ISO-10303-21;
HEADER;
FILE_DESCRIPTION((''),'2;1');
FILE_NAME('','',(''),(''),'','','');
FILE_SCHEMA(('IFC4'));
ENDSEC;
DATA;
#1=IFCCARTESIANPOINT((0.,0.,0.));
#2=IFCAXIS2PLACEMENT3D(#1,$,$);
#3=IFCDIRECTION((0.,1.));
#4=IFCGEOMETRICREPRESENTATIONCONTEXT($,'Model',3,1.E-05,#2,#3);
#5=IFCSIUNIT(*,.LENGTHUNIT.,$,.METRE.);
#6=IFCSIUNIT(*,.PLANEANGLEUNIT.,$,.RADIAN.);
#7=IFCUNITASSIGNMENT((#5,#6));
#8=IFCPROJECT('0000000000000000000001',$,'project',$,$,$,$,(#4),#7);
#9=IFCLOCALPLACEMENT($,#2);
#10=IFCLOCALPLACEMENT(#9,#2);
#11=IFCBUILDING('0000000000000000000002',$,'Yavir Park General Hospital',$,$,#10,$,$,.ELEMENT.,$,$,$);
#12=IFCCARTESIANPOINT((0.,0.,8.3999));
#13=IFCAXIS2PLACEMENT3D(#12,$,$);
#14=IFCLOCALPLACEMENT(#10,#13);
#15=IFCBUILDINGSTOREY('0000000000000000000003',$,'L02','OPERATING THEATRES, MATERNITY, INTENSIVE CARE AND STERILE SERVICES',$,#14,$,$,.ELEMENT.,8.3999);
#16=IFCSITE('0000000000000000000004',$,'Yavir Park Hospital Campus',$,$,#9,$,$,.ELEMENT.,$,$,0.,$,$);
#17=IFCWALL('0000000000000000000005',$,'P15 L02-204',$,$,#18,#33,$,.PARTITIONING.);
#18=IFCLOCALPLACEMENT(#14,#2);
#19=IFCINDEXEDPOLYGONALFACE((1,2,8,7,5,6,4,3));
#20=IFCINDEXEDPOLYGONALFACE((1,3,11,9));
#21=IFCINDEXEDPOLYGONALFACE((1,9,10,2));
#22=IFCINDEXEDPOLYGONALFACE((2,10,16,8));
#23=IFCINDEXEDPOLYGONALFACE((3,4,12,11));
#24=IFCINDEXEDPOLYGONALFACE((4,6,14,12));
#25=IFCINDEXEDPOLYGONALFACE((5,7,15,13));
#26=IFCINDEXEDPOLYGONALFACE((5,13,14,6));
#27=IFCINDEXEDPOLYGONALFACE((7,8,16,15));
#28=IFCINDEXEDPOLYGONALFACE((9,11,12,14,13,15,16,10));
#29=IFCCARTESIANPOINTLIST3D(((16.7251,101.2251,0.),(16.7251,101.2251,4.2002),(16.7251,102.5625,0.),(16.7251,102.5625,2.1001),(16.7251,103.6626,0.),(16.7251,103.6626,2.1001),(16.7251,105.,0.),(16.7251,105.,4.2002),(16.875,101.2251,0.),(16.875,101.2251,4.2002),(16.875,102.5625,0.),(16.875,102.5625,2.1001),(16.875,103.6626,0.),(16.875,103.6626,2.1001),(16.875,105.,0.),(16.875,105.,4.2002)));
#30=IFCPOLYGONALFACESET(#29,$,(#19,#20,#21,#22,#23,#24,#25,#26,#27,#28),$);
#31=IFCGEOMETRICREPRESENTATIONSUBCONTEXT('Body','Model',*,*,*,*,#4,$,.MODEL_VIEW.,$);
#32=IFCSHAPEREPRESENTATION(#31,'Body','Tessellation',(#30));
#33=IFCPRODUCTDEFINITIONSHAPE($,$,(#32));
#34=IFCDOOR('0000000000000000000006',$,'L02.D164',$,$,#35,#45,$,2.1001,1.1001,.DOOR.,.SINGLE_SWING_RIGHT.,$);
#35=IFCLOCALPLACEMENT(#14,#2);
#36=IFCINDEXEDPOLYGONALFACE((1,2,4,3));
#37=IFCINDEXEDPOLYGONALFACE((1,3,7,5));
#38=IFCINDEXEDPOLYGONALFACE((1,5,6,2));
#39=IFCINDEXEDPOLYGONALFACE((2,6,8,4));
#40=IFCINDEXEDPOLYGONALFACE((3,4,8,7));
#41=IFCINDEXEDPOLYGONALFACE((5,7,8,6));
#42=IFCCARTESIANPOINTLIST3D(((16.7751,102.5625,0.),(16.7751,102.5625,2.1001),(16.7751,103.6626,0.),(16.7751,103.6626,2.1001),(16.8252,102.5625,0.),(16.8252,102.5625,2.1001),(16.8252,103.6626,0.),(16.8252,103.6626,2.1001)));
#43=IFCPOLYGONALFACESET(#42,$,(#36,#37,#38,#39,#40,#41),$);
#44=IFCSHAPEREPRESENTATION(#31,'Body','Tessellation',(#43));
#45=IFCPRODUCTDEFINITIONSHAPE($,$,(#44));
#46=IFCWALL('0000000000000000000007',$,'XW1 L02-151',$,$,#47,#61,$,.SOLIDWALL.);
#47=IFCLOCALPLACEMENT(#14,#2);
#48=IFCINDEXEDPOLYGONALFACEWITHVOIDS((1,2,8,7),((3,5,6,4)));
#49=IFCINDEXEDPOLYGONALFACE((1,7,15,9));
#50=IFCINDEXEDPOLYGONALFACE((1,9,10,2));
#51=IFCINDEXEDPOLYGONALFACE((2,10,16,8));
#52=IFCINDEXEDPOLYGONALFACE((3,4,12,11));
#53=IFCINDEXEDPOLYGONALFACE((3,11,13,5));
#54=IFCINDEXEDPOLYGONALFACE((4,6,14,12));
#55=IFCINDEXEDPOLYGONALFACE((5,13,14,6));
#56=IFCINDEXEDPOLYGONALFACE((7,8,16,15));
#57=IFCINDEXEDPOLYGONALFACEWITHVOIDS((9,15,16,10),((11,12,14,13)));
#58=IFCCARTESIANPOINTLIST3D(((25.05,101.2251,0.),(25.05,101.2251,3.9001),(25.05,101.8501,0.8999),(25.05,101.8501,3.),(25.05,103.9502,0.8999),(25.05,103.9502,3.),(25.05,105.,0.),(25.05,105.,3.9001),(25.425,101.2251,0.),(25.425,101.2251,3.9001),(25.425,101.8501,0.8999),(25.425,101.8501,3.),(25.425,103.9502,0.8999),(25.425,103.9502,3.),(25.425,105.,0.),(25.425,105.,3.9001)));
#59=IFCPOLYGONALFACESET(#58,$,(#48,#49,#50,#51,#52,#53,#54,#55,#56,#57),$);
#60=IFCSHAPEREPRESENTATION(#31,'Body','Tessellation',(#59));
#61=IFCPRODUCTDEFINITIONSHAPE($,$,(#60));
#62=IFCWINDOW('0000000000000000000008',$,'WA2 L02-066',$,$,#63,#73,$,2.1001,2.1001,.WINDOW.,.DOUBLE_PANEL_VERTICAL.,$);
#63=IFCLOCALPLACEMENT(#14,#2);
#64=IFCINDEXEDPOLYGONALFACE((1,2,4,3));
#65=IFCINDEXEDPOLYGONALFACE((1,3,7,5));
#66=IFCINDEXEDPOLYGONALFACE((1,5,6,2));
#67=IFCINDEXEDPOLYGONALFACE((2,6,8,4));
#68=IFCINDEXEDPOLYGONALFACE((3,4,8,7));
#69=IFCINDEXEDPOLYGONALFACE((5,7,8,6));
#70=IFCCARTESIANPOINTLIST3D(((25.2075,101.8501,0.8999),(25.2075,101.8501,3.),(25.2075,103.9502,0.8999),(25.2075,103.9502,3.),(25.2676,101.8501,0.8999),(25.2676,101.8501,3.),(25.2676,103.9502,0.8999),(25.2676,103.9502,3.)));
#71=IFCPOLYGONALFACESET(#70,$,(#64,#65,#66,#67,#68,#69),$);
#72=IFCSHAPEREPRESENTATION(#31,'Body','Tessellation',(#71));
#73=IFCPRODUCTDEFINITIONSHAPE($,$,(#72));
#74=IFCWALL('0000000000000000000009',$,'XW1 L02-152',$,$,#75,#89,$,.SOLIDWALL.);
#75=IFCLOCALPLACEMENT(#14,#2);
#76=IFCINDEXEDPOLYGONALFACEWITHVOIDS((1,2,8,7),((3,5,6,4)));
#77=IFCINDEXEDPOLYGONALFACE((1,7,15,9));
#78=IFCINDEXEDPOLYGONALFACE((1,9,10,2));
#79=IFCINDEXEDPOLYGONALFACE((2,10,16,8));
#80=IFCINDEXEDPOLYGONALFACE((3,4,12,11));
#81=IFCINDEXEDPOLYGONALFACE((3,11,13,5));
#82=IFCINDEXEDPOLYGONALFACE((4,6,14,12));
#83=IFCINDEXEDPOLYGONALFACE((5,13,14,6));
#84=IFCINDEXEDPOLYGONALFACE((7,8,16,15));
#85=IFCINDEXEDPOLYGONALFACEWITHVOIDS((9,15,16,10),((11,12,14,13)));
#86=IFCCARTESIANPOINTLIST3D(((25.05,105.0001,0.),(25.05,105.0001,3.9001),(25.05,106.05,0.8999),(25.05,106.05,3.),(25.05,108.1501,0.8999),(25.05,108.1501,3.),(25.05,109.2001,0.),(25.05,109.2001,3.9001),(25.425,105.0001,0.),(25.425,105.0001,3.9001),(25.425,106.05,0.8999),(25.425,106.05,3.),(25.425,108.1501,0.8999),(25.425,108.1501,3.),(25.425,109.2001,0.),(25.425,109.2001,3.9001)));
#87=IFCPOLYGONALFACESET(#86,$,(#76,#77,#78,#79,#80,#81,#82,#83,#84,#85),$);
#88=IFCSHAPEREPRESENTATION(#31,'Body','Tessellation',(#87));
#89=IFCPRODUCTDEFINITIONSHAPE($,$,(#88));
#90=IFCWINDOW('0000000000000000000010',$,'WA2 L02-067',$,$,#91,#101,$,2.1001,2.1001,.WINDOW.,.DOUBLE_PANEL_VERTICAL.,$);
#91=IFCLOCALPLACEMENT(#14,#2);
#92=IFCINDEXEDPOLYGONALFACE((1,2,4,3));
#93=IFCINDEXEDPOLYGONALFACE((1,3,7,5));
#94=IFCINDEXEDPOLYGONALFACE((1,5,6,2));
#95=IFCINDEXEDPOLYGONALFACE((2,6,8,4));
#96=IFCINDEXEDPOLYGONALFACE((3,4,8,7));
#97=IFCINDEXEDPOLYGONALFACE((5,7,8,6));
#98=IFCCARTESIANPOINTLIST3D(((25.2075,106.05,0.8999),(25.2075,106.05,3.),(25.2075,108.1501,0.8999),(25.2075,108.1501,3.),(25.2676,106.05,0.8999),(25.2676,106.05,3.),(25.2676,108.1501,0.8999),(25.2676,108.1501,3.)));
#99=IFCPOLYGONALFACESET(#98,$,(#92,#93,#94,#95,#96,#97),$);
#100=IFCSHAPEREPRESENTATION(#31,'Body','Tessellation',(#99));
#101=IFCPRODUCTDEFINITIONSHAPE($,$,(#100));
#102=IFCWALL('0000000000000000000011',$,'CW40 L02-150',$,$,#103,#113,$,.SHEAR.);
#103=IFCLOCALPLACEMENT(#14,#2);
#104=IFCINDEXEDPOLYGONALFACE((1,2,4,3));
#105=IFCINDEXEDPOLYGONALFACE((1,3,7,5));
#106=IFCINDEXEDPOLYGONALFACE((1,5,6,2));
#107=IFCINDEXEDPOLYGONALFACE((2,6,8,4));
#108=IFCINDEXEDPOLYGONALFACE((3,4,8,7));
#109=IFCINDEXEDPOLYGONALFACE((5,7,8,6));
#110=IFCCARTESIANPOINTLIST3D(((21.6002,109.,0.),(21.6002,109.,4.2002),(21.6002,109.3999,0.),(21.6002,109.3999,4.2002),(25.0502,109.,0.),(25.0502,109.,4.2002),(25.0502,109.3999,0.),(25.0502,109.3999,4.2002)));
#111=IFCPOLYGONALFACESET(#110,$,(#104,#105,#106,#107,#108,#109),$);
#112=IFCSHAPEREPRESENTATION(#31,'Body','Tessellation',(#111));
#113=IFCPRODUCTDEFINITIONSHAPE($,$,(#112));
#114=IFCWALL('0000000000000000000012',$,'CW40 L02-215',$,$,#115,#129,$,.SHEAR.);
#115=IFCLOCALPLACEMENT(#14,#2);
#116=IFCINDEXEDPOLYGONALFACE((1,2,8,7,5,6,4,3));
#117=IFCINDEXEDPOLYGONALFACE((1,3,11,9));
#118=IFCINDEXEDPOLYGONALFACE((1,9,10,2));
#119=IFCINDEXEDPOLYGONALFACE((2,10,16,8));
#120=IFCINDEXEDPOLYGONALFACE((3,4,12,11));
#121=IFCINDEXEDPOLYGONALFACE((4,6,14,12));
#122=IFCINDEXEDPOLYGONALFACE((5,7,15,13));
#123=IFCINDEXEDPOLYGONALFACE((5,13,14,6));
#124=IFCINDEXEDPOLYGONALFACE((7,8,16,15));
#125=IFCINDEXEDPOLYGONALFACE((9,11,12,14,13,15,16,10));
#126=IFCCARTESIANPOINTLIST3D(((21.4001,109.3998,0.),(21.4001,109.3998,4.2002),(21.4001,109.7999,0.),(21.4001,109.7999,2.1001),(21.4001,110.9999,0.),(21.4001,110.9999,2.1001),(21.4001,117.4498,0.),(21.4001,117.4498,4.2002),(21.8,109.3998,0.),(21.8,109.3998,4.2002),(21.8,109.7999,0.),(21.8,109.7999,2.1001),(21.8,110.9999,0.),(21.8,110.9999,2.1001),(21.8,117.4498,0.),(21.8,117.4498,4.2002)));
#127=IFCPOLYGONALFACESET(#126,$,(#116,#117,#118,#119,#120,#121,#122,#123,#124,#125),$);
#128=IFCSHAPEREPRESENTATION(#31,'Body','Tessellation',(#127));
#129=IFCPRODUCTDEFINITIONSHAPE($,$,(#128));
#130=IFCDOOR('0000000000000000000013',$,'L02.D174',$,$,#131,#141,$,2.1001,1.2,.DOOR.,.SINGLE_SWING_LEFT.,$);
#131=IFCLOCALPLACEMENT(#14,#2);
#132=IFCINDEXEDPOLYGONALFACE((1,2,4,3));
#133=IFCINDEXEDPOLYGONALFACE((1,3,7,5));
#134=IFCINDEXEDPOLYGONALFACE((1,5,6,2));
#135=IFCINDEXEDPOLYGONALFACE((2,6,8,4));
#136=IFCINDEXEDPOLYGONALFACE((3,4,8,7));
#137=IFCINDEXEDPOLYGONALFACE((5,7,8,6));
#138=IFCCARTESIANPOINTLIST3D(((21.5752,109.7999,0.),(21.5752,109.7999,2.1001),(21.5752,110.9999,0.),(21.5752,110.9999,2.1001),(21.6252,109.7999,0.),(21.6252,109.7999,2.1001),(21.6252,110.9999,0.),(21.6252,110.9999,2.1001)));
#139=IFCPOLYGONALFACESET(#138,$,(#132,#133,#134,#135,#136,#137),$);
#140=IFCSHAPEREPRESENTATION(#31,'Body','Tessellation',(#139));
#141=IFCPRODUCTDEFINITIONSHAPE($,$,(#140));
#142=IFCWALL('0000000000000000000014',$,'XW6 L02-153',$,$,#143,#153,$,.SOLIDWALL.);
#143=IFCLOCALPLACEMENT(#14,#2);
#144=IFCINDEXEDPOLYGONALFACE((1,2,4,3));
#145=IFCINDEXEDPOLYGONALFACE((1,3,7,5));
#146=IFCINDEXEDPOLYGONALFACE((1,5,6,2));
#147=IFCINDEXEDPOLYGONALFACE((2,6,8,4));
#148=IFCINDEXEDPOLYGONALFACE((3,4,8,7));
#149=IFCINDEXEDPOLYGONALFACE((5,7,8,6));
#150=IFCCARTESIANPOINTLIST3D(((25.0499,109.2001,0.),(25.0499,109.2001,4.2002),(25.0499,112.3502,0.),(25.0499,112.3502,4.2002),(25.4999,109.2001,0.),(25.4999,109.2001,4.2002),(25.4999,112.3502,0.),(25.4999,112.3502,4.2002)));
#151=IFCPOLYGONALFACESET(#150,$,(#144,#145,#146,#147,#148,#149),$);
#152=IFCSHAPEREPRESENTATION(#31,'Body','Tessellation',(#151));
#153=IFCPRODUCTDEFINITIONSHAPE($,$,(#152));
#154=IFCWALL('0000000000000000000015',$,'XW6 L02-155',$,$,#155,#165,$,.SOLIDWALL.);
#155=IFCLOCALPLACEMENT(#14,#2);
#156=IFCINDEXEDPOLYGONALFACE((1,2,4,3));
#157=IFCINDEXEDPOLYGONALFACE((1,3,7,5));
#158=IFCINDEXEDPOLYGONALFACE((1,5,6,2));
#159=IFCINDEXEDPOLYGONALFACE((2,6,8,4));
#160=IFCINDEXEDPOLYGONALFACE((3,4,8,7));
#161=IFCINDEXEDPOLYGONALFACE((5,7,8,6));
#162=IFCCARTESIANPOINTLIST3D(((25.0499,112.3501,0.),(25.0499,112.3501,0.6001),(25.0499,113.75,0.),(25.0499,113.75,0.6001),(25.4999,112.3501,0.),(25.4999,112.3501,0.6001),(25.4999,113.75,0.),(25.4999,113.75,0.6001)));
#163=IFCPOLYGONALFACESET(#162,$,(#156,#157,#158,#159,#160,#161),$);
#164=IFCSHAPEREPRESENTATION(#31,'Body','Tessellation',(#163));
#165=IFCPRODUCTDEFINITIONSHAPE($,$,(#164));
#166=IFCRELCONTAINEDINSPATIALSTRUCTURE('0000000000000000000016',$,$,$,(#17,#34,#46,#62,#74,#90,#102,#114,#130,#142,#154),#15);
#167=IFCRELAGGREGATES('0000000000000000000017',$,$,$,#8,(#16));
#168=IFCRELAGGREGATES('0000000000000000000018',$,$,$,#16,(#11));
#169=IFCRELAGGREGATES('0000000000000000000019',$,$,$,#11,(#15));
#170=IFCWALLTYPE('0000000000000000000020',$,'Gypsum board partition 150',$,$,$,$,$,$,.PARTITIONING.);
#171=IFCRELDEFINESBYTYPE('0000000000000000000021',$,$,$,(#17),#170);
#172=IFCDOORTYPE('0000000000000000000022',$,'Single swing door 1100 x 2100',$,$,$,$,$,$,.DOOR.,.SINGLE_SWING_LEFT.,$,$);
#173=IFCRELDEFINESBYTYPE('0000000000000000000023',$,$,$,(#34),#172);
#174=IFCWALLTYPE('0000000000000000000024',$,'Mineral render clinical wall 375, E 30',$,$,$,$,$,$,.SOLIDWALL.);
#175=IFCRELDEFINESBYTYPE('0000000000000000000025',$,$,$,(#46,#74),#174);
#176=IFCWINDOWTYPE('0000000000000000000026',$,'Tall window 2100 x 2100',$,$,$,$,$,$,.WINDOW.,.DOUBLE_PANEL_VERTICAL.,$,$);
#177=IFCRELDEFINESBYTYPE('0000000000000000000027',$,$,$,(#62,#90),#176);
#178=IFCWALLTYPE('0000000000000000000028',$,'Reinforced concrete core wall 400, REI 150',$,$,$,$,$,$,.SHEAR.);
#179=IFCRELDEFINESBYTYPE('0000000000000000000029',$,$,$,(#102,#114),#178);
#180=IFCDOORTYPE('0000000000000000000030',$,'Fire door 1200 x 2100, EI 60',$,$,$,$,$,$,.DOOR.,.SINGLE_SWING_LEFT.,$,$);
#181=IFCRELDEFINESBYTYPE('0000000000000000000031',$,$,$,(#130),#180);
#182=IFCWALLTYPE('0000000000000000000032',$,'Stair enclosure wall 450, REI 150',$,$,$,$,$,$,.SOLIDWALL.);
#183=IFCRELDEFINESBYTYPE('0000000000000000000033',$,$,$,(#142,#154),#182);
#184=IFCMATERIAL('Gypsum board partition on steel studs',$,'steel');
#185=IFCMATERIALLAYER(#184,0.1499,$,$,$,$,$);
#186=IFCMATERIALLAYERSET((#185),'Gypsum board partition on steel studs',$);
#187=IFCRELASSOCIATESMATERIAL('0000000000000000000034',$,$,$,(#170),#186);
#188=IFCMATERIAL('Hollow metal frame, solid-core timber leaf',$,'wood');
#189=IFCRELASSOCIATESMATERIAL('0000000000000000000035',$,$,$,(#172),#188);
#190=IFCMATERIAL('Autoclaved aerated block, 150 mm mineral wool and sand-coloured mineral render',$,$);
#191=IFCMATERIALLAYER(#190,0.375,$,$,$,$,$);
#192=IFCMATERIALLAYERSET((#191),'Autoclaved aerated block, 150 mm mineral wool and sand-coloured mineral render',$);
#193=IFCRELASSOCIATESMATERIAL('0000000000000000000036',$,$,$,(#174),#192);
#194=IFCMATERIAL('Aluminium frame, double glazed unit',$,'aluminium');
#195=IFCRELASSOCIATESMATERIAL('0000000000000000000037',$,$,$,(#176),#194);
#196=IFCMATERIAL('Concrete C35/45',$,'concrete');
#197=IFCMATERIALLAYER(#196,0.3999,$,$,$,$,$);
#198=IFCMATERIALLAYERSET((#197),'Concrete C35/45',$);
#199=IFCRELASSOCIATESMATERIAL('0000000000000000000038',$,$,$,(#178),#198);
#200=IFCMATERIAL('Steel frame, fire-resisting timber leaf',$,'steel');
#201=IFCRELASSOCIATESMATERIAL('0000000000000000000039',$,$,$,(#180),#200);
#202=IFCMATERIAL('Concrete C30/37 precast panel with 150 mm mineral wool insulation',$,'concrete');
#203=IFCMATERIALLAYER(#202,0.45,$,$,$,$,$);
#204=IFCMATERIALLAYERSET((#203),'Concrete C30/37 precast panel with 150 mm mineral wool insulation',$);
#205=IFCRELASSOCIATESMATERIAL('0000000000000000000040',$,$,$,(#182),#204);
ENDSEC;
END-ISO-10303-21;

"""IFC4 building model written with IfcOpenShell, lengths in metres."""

from ifc_helpers import new_model, si_unit, direction, frame, frame_2d, origin, place, context, subcontext, project, spatial, rectangle, extrude, material, layer, layer_set, type_object, element, fill, save


model = new_model("IFC4")

# Units and contexts
model_context = context("Model", 3, precision=1e-05, world=origin(), true_north=direction((0.0, 1.0)))
body_context = subcontext(model_context, "Body", "Model", "MODEL_VIEW")
ifc_project = project(units=[si_unit("LENGTHUNIT", "METRE"), si_unit("PLANEANGLEUNIT", "RADIAN")], contexts=[model_context])

# Site, building, storey
site_placement = place(None, origin())
site = spatial("IfcSite", under=ifc_project, at=site_placement, Name="Yavir Park Hospital Campus", CompositionType="ELEMENT", RefElevation=0.0)
building_placement = place(site_placement, origin())
building = spatial("IfcBuilding", under=site, at=building_placement, Name="Yavir Park General Hospital", CompositionType="ELEMENT")
storey_placement = place(building_placement, frame((0.0, 0.0, 8.3999)))
storey = spatial("IfcBuildingStorey", under=building, at=storey_placement, Name="L02", Description="OPERATING THEATRES, MATERNITY, INTENSIVE CARE AND STERILE SERVICES", CompositionType="ELEMENT", Elevation=8.3999)

# Wall, opening, door
ifc_material_1 = material(Name="Gypsum board partition on steel studs", Category="steel")
ifc_layer_1 = layer(ifc_material_1, 0.1499)
ifc_layer_set_1 = layer_set([ifc_layer_1], Name="Gypsum board partition on steel studs")
wall_type_1 = type_object("IfcWallType", Name="Gypsum board partition 150", PredefinedType="PARTITIONING", material=ifc_layer_set_1)
wall_1_placement = place(storey_placement, frame((16.8, 101.2251, 0.0), z_axis=(0.0, 0.0, 1.0), x_axis=(0.0, 1.0, 0.0)))
wall_1 = element("IfcWall", 1, at=wall_1_placement, inside=storey, type_object=wall_type_1, Name="P15 L02-204", PredefinedType="PARTITIONING", context=body_context, shape_type="SweptSolid", body=[
    extrude(rectangle(XDim=3.7749, YDim=0.1499, at=frame_2d((1.8875, 0.0))), origin(), (0.0, 0.0, 1.0), 4.2002),
])
opening_1_placement = place(wall_1_placement, frame((1.3374, 0.0, 0.0)))
opening_1 = element("IfcOpeningElement", 2, at=opening_1_placement, cuts=wall_1, PredefinedType="OPENING", context=body_context, shape_type="SweptSolid", body=[
    extrude(rectangle(XDim=1.1001, YDim=2.1001, at=frame_2d((0.55, 1.05))), frame((0.0, 0.085, 0.0), z_axis=(0.0, -1.0, 0.0), x_axis=(1.0, 0.0, 0.0)), (0.0, 0.0, 1.0), 0.1699),
])
ifc_material_2 = material(Name="Hollow metal frame, solid-core timber leaf", Category="wood")
door_type_1 = type_object("IfcDoorType", Name="Single swing door 1100 x 2100", OperationType="SINGLE_SWING_LEFT", PredefinedType="DOOR", material=ifc_material_2)
door_1_placement = place(opening_1_placement, origin())
door_1 = element("IfcDoor", 3, at=door_1_placement, inside=storey, type_object=door_type_1, Name="L02.D164", OperationType="SINGLE_SWING_RIGHT", OverallHeight=2.1001, OverallWidth=1.1001, PredefinedType="DOOR", context=body_context, shape_type="SweptSolid", body=[
    extrude(rectangle(XDim=1.1001, YDim=2.1001, at=frame_2d((0.55, 1.05))), frame((0.0, 0.0249, 0.0), z_axis=(0.0, -1.0, 0.0), x_axis=(1.0, 0.0, 0.0)), (0.0, 0.0, 1.0), 0.05),
])
fill(opening_1, door_1)

# Walls, openings, windows
ifc_material_3 = material(Name="Autoclaved aerated block, 150 mm mineral wool and sand-coloured mineral render")
ifc_layer_2 = layer(ifc_material_3, 0.375)
ifc_layer_set_2 = layer_set([ifc_layer_2], Name="Autoclaved aerated block, 150 mm mineral wool and sand-coloured mineral render")
wall_type_2 = type_object("IfcWallType", Name="Mineral render clinical wall 375, E 30", PredefinedType="SOLIDWALL", material=ifc_layer_set_2)
wall_2_placement = place(storey_placement, frame((25.2375, 101.2251, 0.0), z_axis=(0.0, 0.0, 1.0), x_axis=(0.0, 1.0, 0.0)))
wall_2 = element("IfcWall", 4, at=wall_2_placement, inside=storey, type_object=wall_type_2, Name="XW1 L02-151", PredefinedType="SOLIDWALL", context=body_context, shape_type="SweptSolid", body=[
    extrude(rectangle(XDim=3.7749, YDim=0.375, at=frame_2d((1.8875, 0.0))), origin(), (0.0, 0.0, 1.0), 3.9001),
])
opening_2_placement = place(wall_2_placement, frame((0.625, 0.0, 0.8999)))
opening_2 = element("IfcOpeningElement", 5, at=opening_2_placement, cuts=wall_2, PredefinedType="OPENING", context=body_context, shape_type="SweptSolid", body=[
    extrude(rectangle(XDim=2.1001, YDim=2.1001, at=frame_2d((1.05, 1.05))), frame((0.0, 0.1975, 0.0), z_axis=(0.0, -1.0, 0.0), x_axis=(1.0, 0.0, 0.0)), (0.0, 0.0, 1.0), 0.395),
])
ifc_material_4 = material(Name="Aluminium frame, double glazed unit", Category="aluminium")
window_type = type_object("IfcWindowType", Name="Tall window 2100 x 2100", PartitioningType="DOUBLE_PANEL_VERTICAL", PredefinedType="WINDOW", material=ifc_material_4)
window_1_placement = place(opening_2_placement, origin())
window_1 = element("IfcWindow", 6, at=window_1_placement, inside=storey, type_object=window_type, Name="WA2 L02-066", OverallHeight=2.1001, OverallWidth=2.1001, PartitioningType="DOUBLE_PANEL_VERTICAL", PredefinedType="WINDOW", context=body_context, shape_type="SweptSolid", body=[
    extrude(rectangle(XDim=2.1001, YDim=2.1001, at=frame_2d((1.05, 1.05))), frame((0.0, 0.03, 0.0), z_axis=(0.0, -1.0, 0.0), x_axis=(1.0, 0.0, 0.0)), (0.0, 0.0, 1.0), 0.0601),
])
fill(opening_2, window_1)
wall_3_placement = place(storey_placement, frame((25.2375, 105.0, 0.0), z_axis=(0.0, 0.0, 1.0), x_axis=(0.0, 1.0, 0.0)))
wall_3 = element("IfcWall", 7, at=wall_3_placement, inside=storey, type_object=wall_type_2, Name="XW1 L02-152", PredefinedType="SOLIDWALL", context=body_context, shape_type="SweptSolid", body=[
    extrude(rectangle(XDim=4.2, YDim=0.375, at=frame_2d((2.1001, 0.0))), origin(), (0.0, 0.0, 1.0), 3.9001),
])
opening_3_placement = place(wall_3_placement, frame((1.05, 0.0, 0.8999)))
opening_3 = element("IfcOpeningElement", 8, at=opening_3_placement, cuts=wall_3, PredefinedType="OPENING", context=body_context, shape_type="SweptSolid", body=[
    extrude(rectangle(XDim=2.1001, YDim=2.1001, at=frame_2d((1.05, 1.05))), frame((0.0, 0.1975, 0.0), z_axis=(0.0, -1.0, 0.0), x_axis=(1.0, 0.0, 0.0)), (0.0, 0.0, 1.0), 0.395),
])
window_2_placement = place(opening_3_placement, origin())
window_2 = element("IfcWindow", 9, at=window_2_placement, inside=storey, type_object=window_type, Name="WA2 L02-067", OverallHeight=2.1001, OverallWidth=2.1001, PartitioningType="DOUBLE_PANEL_VERTICAL", PredefinedType="WINDOW", context=body_context, shape_type="SweptSolid", body=[
    extrude(rectangle(XDim=2.1001, YDim=2.1001, at=frame_2d((1.05, 1.05))), frame((0.0, 0.03, 0.0), z_axis=(0.0, -1.0, 0.0), x_axis=(1.0, 0.0, 0.0)), (0.0, 0.0, 1.0), 0.0601),
])
fill(opening_3, window_2)

# Wall
ifc_material_5 = material(Name="Concrete C35/45", Category="concrete")
ifc_layer_3 = layer(ifc_material_5, 0.3999)
ifc_layer_set_3 = layer_set([ifc_layer_3], Name="Concrete C35/45")
wall_type_3 = type_object("IfcWallType", Name="Reinforced concrete core wall 400, REI 150", PredefinedType="SHEAR", material=ifc_layer_set_3)
wall_4_placement = place(storey_placement, frame((21.6001, 109.2, 0.0), z_axis=(0.0, 0.0, 1.0), x_axis=(1.0, 0.0, 0.0)))
element("IfcWall", 10, at=wall_4_placement, inside=storey, type_object=wall_type_3, Name="CW40 L02-150", PredefinedType="SHEAR", context=body_context, shape_type="SweptSolid", body=[
    extrude(rectangle(XDim=3.45, YDim=0.3999, at=frame_2d((1.7251, 0.0))), origin(), (0.0, 0.0, 1.0), 4.2002),
])

# Wall, opening, door
wall_5_placement = place(storey_placement, frame((21.6001, 109.3999, 0.0), z_axis=(0.0, 0.0, 1.0), x_axis=(0.0, 1.0, 0.0)))
wall_5 = element("IfcWall", 11, at=wall_5_placement, inside=storey, type_object=wall_type_3, Name="CW40 L02-215", PredefinedType="SHEAR", context=body_context, shape_type="SweptSolid", body=[
    extrude(rectangle(XDim=8.05, YDim=0.3999, at=frame_2d((4.0249, 0.0))), origin(), (0.0, 0.0, 1.0), 4.2002),
])
opening_4_placement = place(wall_5_placement, frame((0.3999, 0.0, 0.0)))
opening_4 = element("IfcOpeningElement", 12, at=opening_4_placement, cuts=wall_5, PredefinedType="OPENING", context=body_context, shape_type="SweptSolid", body=[
    extrude(rectangle(XDim=1.2, YDim=2.1001, at=frame_2d((0.6001, 1.05))), frame((0.0, 0.21, 0.0), z_axis=(0.0, -1.0, 0.0), x_axis=(1.0, 0.0, 0.0)), (0.0, 0.0, 1.0), 0.4199),
])
ifc_material_6 = material(Name="Steel frame, fire-resisting timber leaf", Category="steel")
door_type_2 = type_object("IfcDoorType", Name="Fire door 1200 x 2100, EI 60", OperationType="SINGLE_SWING_LEFT", PredefinedType="DOOR", material=ifc_material_6)
door_2_placement = place(opening_4_placement, origin())
door_2 = element("IfcDoor", 13, at=door_2_placement, inside=storey, type_object=door_type_2, Name="L02.D174", OperationType="SINGLE_SWING_LEFT", OverallHeight=2.1001, OverallWidth=1.2, PredefinedType="DOOR", context=body_context, shape_type="SweptSolid", body=[
    extrude(rectangle(XDim=1.2, YDim=2.1001, at=frame_2d((0.6001, 1.05))), frame((0.0, 0.0249, 0.0), z_axis=(0.0, -1.0, 0.0), x_axis=(1.0, 0.0, 0.0)), (0.0, 0.0, 1.0), 0.05),
])
fill(opening_4, door_2)

# Walls
ifc_material_7 = material(Name="Concrete C30/37 precast panel with 150 mm mineral wool insulation", Category="concrete")
ifc_layer_4 = layer(ifc_material_7, 0.45)
ifc_layer_set_4 = layer_set([ifc_layer_4], Name="Concrete C30/37 precast panel with 150 mm mineral wool insulation")
wall_type_4 = type_object("IfcWallType", Name="Stair enclosure wall 450, REI 150", PredefinedType="SOLIDWALL", material=ifc_layer_set_4)
wall_6_placement = place(storey_placement, frame((25.2749, 109.2, 0.0), z_axis=(0.0, 0.0, 1.0), x_axis=(0.0, 1.0, 0.0)))
element("IfcWall", 14, at=wall_6_placement, inside=storey, type_object=wall_type_4, Name="XW6 L02-153", PredefinedType="SOLIDWALL", context=body_context, shape_type="SweptSolid", body=[
    extrude(rectangle(XDim=3.1501, YDim=0.45, at=frame_2d((1.5752, 0.0))), origin(), (0.0, 0.0, 1.0), 4.2002),
])
wall_7_placement = place(storey_placement, frame((25.2749, 112.3501, 0.0), z_axis=(0.0, 0.0, 1.0), x_axis=(0.0, 1.0, 0.0)))
element("IfcWall", 15, at=wall_7_placement, inside=storey, type_object=wall_type_4, Name="XW6 L02-155", PredefinedType="SOLIDWALL", context=body_context, shape_type="SweptSolid", body=[
    extrude(rectangle(XDim=1.3999, YDim=0.45, at=frame_2d((0.7, 0.0))), origin(), (0.0, 0.0, 1.0), 0.6001),
])

save(model, "model.ifc")
